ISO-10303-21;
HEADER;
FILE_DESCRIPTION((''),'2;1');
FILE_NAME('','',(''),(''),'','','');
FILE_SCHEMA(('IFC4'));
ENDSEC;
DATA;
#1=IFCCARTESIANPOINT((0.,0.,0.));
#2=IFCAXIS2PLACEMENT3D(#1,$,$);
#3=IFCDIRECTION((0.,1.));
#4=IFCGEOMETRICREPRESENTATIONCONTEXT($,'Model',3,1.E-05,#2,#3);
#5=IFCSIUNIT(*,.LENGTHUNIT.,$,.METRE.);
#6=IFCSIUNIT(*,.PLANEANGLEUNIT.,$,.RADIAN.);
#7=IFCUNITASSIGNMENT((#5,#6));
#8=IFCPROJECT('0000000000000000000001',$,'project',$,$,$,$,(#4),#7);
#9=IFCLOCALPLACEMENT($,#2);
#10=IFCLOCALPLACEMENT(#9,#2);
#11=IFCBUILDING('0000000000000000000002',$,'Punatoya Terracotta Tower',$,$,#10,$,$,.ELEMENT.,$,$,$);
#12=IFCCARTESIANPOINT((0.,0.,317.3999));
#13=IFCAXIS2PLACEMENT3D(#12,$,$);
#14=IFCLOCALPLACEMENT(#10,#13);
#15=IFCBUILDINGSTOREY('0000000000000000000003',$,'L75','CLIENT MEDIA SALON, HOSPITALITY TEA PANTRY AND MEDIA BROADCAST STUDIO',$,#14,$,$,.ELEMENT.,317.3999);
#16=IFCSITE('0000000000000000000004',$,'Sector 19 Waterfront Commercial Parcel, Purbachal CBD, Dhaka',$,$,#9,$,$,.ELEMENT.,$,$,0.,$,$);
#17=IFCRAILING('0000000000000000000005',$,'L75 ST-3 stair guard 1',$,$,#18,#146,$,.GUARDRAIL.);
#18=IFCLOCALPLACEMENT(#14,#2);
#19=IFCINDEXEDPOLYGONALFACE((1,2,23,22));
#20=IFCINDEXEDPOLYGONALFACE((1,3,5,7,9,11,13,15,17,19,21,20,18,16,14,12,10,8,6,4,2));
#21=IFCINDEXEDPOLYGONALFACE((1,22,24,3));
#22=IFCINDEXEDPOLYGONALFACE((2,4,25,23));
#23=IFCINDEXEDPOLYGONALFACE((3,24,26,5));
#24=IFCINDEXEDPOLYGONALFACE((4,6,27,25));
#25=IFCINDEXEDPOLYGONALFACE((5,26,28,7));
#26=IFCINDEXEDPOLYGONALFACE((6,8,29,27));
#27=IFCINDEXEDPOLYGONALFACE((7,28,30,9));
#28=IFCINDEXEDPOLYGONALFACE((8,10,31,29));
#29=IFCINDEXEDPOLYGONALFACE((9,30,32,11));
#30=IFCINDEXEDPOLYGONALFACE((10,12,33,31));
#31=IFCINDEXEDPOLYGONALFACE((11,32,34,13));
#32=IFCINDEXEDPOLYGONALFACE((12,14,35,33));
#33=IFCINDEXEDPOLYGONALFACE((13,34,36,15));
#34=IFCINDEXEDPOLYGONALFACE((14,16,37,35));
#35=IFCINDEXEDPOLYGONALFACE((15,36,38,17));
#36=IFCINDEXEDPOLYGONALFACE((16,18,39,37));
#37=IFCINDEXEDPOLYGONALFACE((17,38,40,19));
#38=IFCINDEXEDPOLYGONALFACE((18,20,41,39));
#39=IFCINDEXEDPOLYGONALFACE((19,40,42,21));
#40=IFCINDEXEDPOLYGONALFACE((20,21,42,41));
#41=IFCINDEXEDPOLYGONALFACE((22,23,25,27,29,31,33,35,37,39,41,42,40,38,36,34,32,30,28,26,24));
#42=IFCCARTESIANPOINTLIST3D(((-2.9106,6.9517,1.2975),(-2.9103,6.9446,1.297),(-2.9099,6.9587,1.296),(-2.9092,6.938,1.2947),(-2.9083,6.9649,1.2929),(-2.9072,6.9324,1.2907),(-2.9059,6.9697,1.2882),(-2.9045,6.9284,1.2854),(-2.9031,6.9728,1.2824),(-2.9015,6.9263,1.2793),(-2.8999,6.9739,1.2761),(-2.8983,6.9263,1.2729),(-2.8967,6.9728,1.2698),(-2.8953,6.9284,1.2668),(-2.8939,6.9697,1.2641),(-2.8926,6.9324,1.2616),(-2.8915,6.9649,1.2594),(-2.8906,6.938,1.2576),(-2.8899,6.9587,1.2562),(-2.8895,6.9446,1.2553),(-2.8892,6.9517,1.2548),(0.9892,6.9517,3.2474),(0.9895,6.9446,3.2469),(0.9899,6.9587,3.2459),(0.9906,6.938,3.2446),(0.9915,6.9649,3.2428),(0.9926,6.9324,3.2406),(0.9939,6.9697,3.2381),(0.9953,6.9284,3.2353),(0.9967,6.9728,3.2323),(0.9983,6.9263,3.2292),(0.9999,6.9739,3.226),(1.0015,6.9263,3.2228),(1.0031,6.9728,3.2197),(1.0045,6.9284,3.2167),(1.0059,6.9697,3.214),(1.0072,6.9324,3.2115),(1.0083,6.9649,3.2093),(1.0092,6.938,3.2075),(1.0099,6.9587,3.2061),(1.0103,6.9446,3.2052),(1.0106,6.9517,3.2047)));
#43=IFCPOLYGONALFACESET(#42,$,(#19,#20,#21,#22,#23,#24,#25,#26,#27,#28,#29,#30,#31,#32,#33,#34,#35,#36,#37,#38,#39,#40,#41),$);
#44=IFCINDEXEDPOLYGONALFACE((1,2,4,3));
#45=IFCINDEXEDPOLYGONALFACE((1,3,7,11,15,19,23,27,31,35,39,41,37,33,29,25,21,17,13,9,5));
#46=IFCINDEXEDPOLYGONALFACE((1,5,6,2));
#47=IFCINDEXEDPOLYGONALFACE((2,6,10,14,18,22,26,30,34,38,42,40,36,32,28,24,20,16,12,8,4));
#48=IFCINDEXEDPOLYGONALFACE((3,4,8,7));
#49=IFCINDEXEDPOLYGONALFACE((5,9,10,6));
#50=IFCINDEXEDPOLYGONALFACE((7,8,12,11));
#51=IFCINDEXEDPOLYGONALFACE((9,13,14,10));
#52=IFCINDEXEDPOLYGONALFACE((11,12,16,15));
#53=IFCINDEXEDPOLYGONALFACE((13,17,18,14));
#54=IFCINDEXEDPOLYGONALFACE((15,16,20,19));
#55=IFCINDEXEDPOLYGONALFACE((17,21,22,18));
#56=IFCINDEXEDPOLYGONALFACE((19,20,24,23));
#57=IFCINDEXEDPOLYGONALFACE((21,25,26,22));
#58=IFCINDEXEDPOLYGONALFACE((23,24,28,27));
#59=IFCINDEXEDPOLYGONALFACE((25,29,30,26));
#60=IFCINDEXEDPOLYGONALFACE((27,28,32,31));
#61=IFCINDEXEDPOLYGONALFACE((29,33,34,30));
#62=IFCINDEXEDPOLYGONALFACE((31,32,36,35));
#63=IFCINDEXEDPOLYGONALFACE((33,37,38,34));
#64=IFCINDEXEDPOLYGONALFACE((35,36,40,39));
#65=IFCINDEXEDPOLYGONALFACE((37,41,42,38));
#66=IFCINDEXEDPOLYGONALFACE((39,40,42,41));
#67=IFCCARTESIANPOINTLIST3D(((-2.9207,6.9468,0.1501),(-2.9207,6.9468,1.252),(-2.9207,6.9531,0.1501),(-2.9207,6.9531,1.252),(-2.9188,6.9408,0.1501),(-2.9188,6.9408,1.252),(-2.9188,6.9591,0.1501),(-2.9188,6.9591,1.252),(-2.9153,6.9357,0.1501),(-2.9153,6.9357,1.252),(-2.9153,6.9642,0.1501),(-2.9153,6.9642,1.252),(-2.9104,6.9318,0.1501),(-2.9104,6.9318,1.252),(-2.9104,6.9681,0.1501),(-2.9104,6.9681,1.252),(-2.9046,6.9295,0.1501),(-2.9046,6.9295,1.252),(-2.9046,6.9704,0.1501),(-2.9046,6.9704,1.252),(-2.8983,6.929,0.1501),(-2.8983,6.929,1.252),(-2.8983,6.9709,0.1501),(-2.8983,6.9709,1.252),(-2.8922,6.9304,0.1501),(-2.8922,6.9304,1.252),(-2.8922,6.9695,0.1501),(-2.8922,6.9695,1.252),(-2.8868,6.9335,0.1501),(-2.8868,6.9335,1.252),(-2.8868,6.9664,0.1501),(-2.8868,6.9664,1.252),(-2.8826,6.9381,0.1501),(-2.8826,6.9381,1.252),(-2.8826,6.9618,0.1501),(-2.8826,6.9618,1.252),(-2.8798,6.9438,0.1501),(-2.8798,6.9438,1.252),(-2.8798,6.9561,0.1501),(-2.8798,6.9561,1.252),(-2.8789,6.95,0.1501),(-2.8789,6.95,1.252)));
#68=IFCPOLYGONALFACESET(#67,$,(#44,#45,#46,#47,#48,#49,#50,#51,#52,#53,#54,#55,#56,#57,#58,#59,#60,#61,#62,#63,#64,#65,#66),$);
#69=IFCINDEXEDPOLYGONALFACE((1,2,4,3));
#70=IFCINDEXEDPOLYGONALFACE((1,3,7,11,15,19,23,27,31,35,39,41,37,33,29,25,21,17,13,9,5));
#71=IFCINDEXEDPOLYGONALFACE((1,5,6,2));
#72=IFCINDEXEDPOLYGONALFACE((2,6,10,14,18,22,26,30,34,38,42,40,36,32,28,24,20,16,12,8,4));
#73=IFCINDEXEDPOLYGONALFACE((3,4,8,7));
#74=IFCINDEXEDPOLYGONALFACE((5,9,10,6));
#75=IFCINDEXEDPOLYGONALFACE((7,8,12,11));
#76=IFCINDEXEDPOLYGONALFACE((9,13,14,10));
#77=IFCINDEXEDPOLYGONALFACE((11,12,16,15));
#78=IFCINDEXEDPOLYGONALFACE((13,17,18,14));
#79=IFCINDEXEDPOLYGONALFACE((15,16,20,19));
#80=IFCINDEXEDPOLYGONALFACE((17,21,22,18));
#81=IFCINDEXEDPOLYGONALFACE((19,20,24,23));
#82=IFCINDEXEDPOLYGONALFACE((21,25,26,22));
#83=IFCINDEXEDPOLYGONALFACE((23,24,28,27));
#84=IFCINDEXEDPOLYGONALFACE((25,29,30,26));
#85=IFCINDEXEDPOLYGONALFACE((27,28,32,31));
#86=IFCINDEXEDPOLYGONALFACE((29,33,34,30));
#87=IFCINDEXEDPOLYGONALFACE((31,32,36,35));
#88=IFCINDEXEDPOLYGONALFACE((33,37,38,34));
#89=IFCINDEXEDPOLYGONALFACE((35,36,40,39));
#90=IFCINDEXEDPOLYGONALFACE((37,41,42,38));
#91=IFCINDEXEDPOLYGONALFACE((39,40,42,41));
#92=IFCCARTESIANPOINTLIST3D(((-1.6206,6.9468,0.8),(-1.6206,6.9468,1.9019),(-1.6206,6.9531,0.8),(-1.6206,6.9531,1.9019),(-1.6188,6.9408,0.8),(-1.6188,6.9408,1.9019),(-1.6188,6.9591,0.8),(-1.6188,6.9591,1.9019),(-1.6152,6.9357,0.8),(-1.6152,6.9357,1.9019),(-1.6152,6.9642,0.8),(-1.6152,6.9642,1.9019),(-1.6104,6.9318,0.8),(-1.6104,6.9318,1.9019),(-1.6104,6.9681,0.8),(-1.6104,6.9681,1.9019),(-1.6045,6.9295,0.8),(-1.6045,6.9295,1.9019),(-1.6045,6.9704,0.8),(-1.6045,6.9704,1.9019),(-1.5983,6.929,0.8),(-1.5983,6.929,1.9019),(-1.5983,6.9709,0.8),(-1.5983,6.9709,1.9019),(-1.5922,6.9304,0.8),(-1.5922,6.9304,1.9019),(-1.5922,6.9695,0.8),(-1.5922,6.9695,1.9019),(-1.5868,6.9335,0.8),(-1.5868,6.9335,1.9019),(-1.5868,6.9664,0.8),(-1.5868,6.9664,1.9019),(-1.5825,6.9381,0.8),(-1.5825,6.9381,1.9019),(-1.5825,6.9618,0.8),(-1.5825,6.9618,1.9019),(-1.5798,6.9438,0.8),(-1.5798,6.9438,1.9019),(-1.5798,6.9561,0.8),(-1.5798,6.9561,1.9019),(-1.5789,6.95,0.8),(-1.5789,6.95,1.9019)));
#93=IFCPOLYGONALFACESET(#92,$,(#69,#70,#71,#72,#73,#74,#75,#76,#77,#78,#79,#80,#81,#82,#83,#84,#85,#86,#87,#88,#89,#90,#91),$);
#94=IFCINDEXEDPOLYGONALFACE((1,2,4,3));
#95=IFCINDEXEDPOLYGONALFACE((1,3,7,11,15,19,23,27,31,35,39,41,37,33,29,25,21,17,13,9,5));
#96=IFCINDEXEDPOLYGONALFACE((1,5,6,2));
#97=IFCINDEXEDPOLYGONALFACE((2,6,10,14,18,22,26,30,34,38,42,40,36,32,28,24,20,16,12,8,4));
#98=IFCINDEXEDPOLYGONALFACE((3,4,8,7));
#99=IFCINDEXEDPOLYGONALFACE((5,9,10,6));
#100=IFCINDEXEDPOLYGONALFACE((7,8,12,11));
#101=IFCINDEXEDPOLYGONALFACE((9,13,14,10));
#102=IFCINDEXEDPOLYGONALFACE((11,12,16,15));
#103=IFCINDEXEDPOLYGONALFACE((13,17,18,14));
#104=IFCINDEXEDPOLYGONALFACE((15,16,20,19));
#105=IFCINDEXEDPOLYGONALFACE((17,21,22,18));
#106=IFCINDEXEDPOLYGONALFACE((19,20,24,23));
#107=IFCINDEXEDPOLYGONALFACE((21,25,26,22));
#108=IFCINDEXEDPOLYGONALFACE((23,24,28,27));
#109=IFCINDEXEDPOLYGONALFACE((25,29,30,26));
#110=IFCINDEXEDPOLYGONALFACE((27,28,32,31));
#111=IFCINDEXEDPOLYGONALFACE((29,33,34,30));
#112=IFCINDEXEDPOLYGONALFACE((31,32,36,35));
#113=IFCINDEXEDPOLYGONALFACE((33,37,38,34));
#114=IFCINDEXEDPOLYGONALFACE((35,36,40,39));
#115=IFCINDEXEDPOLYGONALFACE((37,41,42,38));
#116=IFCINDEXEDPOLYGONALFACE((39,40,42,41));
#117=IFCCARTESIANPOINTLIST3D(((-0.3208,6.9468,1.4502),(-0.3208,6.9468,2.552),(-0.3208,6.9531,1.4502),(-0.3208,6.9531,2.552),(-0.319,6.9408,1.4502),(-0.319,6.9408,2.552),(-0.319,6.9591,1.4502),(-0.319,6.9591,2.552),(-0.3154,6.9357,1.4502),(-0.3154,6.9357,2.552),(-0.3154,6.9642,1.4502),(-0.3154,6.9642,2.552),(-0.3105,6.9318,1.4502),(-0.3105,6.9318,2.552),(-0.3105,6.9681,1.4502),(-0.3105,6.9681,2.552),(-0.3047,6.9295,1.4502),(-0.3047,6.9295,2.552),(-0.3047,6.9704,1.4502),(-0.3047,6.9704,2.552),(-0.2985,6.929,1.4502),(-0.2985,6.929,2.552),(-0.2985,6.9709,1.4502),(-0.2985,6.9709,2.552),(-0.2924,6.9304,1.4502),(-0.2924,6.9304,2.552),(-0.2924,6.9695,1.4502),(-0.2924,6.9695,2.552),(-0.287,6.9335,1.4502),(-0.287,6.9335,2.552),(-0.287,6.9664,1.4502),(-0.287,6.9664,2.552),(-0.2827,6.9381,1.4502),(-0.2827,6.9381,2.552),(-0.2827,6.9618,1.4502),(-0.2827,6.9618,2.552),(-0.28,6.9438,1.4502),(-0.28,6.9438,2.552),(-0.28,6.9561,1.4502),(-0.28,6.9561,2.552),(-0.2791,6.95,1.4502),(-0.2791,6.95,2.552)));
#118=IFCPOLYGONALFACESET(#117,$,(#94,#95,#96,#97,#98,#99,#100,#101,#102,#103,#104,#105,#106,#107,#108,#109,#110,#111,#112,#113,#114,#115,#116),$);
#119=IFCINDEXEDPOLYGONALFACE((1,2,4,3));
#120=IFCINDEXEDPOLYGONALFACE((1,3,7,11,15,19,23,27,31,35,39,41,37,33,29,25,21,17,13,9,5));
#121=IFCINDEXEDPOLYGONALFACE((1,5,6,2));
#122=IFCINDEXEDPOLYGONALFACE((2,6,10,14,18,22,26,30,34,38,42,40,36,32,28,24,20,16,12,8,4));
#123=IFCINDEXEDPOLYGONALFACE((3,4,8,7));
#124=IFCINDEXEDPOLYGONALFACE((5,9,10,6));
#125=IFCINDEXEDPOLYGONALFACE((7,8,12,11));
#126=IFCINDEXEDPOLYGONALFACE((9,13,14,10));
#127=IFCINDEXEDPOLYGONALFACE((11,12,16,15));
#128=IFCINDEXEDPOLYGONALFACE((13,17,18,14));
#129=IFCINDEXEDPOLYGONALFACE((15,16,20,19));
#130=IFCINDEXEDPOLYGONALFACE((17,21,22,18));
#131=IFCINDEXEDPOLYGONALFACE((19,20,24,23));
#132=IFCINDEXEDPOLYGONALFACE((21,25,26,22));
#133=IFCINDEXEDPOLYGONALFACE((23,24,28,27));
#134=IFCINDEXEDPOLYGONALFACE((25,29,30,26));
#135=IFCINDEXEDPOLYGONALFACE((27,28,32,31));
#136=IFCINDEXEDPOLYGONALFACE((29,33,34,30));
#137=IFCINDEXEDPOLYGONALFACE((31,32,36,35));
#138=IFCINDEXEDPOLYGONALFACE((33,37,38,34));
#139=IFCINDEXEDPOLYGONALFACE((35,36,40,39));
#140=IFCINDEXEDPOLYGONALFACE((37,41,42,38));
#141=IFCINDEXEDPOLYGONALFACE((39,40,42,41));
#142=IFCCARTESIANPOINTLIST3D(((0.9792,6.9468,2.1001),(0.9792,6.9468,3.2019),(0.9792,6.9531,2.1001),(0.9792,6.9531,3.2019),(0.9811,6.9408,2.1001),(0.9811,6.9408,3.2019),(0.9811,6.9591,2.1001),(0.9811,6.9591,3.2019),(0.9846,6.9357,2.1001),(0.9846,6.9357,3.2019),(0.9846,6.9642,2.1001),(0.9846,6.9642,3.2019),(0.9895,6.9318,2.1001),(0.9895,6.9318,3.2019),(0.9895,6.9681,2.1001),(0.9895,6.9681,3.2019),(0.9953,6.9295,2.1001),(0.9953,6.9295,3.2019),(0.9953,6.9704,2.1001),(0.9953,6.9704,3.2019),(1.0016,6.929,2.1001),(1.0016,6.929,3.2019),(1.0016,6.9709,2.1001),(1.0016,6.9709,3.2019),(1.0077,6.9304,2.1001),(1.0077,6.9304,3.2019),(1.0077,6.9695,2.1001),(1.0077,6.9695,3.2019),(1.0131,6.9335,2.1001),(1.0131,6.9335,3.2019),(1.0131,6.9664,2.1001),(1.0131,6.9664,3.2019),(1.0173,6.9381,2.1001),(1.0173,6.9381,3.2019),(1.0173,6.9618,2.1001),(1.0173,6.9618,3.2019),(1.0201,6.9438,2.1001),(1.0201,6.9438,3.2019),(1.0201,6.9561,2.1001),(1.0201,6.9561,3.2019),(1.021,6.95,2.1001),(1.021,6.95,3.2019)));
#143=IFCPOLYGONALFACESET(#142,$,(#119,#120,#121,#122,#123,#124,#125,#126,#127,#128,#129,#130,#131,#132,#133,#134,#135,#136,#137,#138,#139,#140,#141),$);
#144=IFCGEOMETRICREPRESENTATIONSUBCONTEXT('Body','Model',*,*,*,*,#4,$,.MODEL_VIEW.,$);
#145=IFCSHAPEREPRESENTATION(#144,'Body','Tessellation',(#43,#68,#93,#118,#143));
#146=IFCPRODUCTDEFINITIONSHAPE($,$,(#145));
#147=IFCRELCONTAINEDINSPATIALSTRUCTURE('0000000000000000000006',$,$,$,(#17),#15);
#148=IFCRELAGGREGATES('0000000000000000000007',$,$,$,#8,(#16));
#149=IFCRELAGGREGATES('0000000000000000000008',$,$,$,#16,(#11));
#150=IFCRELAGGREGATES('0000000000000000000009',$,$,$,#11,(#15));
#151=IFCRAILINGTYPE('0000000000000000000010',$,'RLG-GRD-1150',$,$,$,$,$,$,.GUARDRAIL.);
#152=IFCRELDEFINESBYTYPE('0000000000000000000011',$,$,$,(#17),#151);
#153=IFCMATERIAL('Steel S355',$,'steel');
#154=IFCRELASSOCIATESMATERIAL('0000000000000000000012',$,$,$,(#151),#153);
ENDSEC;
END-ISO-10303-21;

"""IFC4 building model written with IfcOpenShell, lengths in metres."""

from ifc_helpers import new_model, si_unit, direction, frame, origin, origin_2d, place, context, subcontext, project, spatial, circle, extrude, material, type_object, element, save


model = new_model("IFC4")

# Units and contexts
model_context = context("Model", 3, precision=1e-05, world=origin(), true_north=direction((0.0, 1.0)))
body_context = subcontext(model_context, "Body", "Model", "MODEL_VIEW")
ifc_project = project(units=[si_unit("LENGTHUNIT", "METRE"), si_unit("PLANEANGLEUNIT", "RADIAN")], contexts=[model_context])

# Site, building, storey
site_placement = place(None, origin())
site = spatial("IfcSite", under=ifc_project, at=site_placement, Name="Sector 19 Waterfront Commercial Parcel, Purbachal CBD, Dhaka", CompositionType="ELEMENT", RefElevation=0.0)
building_placement = place(site_placement, origin())
building = spatial("IfcBuilding", under=site, at=building_placement, Name="Punatoya Terracotta Tower", CompositionType="ELEMENT")
storey_placement = place(building_placement, frame((0.0, 0.0, 317.3999)))
storey = spatial("IfcBuildingStorey", under=building, at=storey_placement, Name="L75", Description="CLIENT MEDIA SALON, HOSPITALITY TEA PANTRY AND MEDIA BROADCAST STUDIO", CompositionType="ELEMENT", Elevation=317.3999)

# Railing
ifc_material_1 = material(Name="Steel S355", Category="steel")
railing_type_1 = type_object("IfcRailingType", Name="RLG-GRD-1150", PredefinedType="GUARDRAIL", material=ifc_material_1)
railing_1_placement = place(storey_placement, frame((-2.8999, 6.95, 0.1501)))
element("IfcRailing", 1, at=railing_1_placement, inside=storey, type_object=railing_type_1, Name="L75 ST-3 stair guard 1", PredefinedType="GUARDRAIL", context=body_context, shape_type="SweptSolid", body=[
    extrude(circle(Radius=0.0239, at=origin_2d()), frame((0.0, 0.0, 1.126), z_axis=(0.894427, 0.0, 0.447214), x_axis=(0.0, 1.0, 0.0)), (0.0, 0.0, 1.0), 4.3601),
    extrude(circle(Radius=0.021, at=origin_2d()), origin(), (0.0, 0.0, 1.0), 1.1018),
    extrude(circle(Radius=0.021, at=origin_2d()), frame((1.3, 0.0, 0.6499)), (0.0, 0.0, 1.0), 1.1018),
    extrude(circle(Radius=0.021, at=origin_2d()), frame((2.5999, 0.0, 1.3)), (0.0, 0.0, 1.0), 1.1018),
    extrude(circle(Radius=0.021, at=origin_2d()), frame((3.8999, 0.0, 1.95)), (0.0, 0.0, 1.0), 1.1018),
])

save(model, "model.ifc")
